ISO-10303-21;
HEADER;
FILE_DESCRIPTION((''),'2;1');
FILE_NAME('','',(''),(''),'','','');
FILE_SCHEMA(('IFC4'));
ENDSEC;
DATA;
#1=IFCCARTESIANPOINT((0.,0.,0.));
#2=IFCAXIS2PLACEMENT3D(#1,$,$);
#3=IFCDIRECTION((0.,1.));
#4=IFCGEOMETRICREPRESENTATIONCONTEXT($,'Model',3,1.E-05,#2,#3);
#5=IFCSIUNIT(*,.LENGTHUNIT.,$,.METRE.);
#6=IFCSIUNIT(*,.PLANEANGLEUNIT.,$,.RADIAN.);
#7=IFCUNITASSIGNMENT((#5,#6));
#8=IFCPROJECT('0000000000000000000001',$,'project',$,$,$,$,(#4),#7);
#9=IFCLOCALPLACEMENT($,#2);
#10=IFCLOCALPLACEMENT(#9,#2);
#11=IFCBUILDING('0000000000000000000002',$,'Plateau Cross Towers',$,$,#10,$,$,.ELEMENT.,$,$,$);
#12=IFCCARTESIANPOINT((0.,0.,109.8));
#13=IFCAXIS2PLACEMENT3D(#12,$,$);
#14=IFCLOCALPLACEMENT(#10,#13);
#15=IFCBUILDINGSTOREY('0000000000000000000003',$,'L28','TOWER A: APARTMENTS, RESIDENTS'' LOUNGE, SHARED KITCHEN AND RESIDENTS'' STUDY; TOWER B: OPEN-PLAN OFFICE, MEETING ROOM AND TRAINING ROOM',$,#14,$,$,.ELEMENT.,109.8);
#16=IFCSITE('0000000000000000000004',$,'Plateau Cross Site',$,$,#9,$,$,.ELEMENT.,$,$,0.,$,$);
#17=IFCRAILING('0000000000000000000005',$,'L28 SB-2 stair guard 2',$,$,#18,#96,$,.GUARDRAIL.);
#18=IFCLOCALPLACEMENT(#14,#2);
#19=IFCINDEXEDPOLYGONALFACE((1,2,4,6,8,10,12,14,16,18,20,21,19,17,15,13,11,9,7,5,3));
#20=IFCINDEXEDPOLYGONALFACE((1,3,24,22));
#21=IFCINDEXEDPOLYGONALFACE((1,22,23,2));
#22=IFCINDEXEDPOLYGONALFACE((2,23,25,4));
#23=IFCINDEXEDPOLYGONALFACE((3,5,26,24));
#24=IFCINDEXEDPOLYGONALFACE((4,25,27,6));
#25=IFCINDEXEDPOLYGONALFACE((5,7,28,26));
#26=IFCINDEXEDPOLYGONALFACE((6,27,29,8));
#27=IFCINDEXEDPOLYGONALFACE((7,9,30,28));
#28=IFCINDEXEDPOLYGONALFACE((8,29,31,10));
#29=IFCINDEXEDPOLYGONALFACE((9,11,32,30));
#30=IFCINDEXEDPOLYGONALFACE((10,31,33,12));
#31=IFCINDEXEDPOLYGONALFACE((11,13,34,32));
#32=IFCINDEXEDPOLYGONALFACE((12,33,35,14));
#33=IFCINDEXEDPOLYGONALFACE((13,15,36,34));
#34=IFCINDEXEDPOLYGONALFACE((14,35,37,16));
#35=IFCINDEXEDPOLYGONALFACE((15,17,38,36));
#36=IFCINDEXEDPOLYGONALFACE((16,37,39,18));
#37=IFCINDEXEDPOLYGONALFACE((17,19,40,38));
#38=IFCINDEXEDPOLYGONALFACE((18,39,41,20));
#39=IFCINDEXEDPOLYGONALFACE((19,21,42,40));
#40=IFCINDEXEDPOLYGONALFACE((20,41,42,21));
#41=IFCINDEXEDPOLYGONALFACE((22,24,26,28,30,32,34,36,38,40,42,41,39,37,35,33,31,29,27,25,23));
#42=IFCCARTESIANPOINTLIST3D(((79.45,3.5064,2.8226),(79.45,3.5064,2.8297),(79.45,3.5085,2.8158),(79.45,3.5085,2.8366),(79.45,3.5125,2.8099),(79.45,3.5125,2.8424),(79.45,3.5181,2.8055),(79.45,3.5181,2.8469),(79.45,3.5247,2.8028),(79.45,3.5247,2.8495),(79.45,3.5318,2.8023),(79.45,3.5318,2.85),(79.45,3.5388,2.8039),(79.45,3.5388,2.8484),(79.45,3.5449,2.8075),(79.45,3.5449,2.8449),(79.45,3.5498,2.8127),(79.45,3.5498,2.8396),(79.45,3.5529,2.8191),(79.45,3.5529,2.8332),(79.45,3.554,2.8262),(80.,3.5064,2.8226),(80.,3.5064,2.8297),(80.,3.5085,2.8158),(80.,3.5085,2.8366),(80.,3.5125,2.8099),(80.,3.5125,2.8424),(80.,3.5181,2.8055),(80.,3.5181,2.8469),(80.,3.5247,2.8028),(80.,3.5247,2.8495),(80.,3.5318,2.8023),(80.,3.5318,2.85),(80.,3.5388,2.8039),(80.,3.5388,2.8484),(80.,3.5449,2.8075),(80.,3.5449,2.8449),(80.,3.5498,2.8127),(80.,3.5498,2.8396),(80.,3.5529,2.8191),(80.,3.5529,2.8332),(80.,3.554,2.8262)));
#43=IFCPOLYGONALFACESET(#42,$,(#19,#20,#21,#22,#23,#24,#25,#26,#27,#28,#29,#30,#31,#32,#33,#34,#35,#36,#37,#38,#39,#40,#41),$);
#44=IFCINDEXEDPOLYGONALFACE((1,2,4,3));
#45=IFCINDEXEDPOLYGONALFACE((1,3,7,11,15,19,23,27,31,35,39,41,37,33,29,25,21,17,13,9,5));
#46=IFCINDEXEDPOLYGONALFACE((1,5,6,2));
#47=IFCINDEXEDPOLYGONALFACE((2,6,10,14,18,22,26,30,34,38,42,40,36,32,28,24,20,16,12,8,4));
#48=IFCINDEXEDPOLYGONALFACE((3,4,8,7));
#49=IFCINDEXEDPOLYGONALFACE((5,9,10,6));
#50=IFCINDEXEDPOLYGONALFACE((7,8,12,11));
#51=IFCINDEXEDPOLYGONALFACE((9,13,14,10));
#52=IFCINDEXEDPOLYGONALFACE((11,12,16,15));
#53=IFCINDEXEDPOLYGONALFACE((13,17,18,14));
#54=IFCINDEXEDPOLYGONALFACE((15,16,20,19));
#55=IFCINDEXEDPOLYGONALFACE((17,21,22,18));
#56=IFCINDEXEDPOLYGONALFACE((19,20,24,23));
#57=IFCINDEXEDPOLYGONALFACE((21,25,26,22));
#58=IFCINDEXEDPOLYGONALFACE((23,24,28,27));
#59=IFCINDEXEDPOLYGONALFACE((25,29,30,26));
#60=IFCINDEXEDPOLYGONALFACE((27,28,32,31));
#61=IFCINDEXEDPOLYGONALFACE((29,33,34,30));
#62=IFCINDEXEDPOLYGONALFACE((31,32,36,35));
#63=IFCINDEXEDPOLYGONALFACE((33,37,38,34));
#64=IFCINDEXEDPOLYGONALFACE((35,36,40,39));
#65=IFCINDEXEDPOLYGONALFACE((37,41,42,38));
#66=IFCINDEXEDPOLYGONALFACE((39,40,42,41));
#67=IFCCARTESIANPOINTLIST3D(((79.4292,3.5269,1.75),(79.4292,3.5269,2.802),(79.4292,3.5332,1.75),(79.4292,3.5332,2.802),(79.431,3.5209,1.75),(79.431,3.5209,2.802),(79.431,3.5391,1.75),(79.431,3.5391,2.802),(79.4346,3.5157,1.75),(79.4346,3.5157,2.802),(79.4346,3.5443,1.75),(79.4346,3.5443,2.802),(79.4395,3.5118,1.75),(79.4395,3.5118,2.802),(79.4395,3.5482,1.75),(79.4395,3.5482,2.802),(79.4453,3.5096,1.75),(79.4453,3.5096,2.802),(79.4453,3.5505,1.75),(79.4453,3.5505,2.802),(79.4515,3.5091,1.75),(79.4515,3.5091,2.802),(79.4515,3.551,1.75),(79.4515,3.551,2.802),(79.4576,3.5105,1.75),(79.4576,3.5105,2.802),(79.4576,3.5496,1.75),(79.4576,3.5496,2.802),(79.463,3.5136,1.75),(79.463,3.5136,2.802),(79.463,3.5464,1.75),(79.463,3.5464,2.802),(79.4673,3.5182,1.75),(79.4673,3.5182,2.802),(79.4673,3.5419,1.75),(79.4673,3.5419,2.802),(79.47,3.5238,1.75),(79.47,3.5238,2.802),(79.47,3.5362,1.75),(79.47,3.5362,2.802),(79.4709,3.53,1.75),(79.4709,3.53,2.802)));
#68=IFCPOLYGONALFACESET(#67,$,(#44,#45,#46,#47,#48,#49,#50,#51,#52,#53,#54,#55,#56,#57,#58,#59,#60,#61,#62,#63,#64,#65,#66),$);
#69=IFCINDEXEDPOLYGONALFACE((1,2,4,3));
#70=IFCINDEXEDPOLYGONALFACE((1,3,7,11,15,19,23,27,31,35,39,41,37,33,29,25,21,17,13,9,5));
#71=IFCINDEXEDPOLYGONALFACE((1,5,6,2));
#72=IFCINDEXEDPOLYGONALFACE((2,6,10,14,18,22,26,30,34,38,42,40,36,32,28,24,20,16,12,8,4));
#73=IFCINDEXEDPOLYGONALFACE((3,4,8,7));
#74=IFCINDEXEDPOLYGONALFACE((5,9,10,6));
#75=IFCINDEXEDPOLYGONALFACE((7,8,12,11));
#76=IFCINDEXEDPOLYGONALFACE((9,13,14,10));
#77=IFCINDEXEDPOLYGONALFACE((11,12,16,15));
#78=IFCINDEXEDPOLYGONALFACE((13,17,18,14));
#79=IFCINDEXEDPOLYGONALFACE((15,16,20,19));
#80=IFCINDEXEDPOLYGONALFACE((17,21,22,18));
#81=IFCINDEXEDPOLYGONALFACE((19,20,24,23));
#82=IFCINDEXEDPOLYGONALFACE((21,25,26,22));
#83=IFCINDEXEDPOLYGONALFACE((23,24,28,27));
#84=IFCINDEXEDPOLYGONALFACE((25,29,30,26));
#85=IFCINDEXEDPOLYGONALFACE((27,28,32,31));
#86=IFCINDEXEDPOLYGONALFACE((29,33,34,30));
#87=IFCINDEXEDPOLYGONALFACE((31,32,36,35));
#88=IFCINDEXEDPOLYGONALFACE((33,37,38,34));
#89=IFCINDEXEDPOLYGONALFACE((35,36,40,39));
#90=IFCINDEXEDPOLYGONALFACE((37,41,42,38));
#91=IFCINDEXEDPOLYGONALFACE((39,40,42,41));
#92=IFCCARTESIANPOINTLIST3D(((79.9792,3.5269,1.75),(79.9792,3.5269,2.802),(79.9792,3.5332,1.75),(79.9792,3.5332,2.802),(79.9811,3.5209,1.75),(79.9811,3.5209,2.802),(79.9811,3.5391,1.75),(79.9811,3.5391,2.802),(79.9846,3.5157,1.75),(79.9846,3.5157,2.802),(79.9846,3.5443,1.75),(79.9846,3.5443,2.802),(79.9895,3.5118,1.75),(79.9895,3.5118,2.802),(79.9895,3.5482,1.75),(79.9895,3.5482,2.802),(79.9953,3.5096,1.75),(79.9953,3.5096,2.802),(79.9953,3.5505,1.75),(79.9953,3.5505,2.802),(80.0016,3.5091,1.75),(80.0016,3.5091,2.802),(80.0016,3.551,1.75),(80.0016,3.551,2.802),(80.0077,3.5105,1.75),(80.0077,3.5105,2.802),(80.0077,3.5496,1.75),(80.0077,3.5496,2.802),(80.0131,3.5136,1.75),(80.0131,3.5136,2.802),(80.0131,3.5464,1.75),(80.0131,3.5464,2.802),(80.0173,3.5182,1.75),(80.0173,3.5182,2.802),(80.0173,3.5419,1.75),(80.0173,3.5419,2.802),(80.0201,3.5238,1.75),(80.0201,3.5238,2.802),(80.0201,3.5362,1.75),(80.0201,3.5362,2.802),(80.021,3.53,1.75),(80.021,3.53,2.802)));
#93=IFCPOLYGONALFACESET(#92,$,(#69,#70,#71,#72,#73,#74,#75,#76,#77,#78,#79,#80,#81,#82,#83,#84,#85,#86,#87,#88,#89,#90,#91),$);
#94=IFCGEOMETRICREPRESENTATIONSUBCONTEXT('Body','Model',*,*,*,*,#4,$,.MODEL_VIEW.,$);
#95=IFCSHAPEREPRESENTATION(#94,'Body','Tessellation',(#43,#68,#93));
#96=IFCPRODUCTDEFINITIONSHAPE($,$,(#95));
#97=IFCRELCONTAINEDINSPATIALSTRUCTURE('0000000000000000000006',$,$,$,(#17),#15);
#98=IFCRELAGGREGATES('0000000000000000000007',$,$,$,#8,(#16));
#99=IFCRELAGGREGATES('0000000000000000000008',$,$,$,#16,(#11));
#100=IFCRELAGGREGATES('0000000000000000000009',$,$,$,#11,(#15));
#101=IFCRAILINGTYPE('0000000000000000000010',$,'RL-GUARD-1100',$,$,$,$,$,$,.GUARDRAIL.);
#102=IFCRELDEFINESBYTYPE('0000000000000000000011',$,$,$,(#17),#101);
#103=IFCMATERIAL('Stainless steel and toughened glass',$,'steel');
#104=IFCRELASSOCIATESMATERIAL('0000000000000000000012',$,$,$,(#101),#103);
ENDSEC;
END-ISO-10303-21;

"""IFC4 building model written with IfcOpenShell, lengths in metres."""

from ifc_helpers import new_model, si_unit, direction, frame, origin, origin_2d, place, context, subcontext, project, spatial, circle, extrude, material, type_object, element, save


model = new_model("IFC4")

# Units and contexts
model_context = context("Model", 3, precision=1e-05, world=origin(), true_north=direction((0.0, 1.0)))
body_context = subcontext(model_context, "Body", "Model", "MODEL_VIEW")
ifc_project = project(units=[si_unit("LENGTHUNIT", "METRE"), si_unit("PLANEANGLEUNIT", "RADIAN")], contexts=[model_context])

# Site, building, storey
site_placement = place(None, origin())
site = spatial("IfcSite", under=ifc_project, at=site_placement, Name="Plateau Cross Site", CompositionType="ELEMENT", RefElevation=0.0)
building_placement = place(site_placement, origin())
building = spatial("IfcBuilding", under=site, at=building_placement, Name="Plateau Cross Towers", CompositionType="ELEMENT")
storey_placement = place(building_placement, frame((0.0, 0.0, 109.8)))
storey = spatial("IfcBuildingStorey", under=building, at=storey_placement, Name="L28", Description="TOWER A: APARTMENTS, RESIDENTS' LOUNGE, SHARED KITCHEN AND RESIDENTS' STUDY; TOWER B: OPEN-PLAN OFFICE, MEETING ROOM AND TRAINING ROOM", CompositionType="ELEMENT", Elevation=109.8)

# Railing
ifc_material_1 = material(Name="Stainless steel and toughened glass", Category="steel")
railing_type_1 = type_object("IfcRailingType", Name="RL-GUARD-1100", PredefinedType="GUARDRAIL", material=ifc_material_1)
railing_1_placement = place(storey_placement, frame((79.45, 3.53, 1.75)))
element("IfcRailing", 1, at=railing_1_placement, inside=storey, type_object=railing_type_1, Name="L28 SB-2 stair guard 2", PredefinedType="GUARDRAIL", context=body_context, shape_type="SweptSolid", body=[
    extrude(circle(Radius=0.0239, at=origin_2d()), frame((0.0, 0.0, 1.0762), z_axis=(1.0, 0.0, 0.0), x_axis=(0.0, 1.0, 0.0)), (0.0, 0.0, 1.0), 0.55),
    extrude(circle(Radius=0.021, at=origin_2d()), origin(), (0.0, 0.0, 1.0), 1.052),
    extrude(circle(Radius=0.021, at=origin_2d()), frame((0.55, 0.0, 0.0)), (0.0, 0.0, 1.0), 1.052),
])

save(model, "model.ifc")
